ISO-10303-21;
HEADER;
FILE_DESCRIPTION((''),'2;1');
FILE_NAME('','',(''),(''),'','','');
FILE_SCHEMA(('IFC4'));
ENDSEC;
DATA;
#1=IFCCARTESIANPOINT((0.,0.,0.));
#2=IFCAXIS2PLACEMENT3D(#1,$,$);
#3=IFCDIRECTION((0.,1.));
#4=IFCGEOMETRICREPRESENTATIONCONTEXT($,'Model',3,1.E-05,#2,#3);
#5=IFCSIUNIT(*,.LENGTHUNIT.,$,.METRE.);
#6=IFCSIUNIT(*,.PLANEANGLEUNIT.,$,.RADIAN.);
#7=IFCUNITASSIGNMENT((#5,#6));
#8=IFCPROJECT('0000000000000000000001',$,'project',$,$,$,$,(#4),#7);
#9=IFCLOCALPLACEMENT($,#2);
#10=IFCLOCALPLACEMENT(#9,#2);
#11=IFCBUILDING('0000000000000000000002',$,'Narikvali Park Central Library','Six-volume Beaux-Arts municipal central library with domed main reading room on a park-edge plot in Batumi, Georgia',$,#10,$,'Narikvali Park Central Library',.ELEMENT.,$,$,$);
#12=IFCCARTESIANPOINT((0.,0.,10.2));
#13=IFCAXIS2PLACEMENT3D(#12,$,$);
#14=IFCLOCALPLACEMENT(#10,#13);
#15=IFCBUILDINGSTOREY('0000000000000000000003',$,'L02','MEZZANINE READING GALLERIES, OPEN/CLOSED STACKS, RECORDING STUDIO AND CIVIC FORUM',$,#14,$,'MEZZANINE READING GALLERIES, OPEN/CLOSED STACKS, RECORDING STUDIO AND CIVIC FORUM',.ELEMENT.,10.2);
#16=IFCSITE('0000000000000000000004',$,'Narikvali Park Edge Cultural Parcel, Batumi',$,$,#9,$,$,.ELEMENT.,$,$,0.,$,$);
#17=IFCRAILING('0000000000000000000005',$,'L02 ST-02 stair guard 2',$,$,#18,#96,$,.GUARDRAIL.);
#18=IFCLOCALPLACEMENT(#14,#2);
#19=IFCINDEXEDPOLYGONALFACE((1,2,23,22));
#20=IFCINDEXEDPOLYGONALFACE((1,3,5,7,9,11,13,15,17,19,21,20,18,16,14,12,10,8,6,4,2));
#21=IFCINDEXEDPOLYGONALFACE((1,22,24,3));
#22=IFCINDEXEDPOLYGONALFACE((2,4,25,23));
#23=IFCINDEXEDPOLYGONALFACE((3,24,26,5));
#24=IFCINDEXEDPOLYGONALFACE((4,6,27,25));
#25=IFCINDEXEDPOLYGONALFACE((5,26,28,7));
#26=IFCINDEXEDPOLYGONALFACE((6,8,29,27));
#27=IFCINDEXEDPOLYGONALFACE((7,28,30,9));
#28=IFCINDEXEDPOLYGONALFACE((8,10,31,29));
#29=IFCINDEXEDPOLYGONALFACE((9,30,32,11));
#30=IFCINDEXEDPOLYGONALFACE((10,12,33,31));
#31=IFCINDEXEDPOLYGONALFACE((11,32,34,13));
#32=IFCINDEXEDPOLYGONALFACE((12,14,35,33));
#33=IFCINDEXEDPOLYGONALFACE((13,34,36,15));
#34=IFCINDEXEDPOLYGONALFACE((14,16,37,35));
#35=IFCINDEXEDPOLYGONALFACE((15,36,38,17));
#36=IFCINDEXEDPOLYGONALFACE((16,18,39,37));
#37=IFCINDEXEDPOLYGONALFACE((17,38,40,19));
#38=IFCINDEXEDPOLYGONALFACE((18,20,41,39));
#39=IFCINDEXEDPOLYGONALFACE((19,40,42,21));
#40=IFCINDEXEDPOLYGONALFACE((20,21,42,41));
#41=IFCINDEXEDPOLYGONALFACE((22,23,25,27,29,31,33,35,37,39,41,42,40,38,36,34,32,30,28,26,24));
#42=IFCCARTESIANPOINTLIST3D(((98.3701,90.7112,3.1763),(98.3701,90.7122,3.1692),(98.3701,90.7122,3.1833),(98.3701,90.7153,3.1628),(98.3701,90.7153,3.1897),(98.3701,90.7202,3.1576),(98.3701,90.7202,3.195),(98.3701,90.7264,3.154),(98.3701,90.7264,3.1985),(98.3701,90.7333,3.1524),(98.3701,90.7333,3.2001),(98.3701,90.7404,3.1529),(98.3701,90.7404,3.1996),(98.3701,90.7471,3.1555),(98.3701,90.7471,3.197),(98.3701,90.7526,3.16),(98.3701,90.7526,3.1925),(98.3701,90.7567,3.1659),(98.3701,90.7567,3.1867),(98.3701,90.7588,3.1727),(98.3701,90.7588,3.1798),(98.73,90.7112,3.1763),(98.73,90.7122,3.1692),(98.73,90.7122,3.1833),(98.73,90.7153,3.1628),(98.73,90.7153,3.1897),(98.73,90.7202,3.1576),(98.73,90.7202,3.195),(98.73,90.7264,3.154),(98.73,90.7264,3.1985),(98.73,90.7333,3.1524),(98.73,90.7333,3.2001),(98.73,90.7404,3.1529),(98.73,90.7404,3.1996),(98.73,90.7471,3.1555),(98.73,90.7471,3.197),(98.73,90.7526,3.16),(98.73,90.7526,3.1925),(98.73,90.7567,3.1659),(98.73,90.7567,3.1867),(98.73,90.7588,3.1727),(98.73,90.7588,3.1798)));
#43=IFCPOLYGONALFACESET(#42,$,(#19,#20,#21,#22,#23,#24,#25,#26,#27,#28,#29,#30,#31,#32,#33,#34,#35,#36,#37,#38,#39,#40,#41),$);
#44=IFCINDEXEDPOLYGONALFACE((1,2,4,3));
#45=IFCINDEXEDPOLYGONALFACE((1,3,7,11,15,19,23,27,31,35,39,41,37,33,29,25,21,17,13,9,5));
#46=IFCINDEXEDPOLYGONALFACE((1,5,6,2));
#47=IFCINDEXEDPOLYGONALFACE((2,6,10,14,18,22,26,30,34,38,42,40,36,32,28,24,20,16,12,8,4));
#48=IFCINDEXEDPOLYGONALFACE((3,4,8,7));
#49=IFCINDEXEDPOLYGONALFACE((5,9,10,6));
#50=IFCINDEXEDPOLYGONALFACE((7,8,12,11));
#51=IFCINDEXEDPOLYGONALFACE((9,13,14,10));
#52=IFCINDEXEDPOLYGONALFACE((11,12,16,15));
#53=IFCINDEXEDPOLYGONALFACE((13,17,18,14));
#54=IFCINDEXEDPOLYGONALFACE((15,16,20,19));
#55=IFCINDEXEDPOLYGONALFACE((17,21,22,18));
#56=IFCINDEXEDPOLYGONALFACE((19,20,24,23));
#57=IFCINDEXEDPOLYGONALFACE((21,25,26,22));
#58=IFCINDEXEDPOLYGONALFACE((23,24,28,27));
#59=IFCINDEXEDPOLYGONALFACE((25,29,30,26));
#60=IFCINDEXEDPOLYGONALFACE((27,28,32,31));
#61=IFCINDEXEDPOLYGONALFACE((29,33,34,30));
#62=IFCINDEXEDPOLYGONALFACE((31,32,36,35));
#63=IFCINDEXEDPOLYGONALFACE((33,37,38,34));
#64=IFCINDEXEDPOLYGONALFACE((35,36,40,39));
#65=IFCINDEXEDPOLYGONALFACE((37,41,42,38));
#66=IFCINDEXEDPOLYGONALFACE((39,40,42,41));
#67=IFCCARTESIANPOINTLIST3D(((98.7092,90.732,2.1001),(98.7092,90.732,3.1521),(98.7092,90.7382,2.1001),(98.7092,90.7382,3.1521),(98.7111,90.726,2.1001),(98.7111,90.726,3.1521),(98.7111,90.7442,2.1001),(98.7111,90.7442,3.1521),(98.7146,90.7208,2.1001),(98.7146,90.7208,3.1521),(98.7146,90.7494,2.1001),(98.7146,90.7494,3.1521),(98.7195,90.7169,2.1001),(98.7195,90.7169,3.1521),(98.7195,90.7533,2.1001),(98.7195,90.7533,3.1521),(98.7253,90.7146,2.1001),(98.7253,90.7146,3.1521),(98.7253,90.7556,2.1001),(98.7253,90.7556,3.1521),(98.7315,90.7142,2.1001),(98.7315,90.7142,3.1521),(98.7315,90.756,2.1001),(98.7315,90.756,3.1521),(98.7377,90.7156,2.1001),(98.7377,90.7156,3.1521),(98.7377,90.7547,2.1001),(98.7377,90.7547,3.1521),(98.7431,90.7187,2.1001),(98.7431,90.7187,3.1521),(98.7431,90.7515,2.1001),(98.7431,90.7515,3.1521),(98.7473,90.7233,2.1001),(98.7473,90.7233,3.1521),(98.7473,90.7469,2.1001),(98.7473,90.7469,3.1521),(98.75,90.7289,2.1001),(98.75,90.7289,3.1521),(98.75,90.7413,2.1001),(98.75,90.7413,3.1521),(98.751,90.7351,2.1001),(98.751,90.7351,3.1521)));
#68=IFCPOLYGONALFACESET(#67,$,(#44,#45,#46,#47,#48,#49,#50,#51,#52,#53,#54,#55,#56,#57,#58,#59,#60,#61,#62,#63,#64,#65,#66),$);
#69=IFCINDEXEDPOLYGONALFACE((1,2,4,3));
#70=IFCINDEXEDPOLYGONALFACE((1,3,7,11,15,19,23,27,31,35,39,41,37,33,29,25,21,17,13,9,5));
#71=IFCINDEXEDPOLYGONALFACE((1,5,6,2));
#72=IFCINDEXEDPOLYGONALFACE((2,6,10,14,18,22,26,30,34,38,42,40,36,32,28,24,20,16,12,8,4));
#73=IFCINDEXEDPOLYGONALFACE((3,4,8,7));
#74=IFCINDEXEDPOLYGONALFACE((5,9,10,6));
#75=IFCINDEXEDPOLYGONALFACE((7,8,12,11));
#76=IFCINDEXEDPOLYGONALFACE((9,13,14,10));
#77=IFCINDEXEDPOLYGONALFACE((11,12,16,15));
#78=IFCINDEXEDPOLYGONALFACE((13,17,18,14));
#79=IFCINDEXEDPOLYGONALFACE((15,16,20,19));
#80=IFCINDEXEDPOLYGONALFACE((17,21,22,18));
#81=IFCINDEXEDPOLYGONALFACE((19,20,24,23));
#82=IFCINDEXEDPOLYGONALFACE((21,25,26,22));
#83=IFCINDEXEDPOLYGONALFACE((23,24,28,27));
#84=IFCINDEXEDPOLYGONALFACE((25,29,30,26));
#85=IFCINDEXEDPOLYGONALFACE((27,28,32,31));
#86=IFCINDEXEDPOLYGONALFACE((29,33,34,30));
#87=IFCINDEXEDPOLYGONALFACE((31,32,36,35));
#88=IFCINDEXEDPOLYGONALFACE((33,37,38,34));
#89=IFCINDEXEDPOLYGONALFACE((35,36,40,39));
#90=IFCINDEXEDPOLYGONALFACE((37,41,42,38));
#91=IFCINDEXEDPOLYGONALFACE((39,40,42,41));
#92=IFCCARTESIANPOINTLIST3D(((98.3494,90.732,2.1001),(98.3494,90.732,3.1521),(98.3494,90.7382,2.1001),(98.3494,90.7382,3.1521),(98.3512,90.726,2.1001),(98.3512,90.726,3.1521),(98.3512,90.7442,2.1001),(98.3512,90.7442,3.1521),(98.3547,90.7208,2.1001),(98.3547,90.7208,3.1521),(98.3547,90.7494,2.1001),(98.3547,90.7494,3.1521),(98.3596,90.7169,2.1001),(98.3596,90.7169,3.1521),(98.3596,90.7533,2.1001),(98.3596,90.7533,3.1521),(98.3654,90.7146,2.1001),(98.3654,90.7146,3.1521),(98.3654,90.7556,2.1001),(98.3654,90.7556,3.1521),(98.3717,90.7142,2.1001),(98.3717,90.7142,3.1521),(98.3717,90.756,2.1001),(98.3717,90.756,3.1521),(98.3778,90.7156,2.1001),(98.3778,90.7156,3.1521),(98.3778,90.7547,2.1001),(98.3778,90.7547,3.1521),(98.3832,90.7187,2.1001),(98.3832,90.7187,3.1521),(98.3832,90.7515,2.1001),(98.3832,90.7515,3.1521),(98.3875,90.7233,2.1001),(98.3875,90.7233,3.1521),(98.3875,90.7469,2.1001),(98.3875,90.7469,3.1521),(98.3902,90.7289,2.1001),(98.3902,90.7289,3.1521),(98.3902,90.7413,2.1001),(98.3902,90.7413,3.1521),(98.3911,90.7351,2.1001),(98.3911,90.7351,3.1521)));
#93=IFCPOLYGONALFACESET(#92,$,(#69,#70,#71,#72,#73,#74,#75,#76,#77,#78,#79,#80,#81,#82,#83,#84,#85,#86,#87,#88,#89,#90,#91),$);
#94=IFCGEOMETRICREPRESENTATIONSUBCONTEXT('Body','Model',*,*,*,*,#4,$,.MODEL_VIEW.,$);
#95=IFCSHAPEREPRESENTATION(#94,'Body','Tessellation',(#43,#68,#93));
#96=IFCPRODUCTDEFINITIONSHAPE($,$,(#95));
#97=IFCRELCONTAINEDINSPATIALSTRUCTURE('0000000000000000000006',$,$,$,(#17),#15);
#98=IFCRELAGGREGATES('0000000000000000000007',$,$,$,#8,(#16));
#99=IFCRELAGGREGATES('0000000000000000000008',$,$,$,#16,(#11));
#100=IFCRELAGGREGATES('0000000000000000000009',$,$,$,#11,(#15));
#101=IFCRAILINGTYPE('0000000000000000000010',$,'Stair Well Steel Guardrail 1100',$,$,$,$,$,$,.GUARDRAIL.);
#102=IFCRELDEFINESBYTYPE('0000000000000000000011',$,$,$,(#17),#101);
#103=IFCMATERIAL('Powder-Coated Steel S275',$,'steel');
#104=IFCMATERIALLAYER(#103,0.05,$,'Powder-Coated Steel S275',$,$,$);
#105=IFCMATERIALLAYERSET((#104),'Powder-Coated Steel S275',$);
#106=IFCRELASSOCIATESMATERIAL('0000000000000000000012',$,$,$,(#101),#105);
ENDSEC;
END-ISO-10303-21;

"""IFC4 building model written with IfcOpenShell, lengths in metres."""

from ifc_helpers import new_model, si_unit, direction, frame, origin, origin_2d, place, context, subcontext, project, spatial, circle, extrude, material, layer, layer_set, type_object, element, save


model = new_model("IFC4")

# Units and contexts
model_context = context("Model", 3, precision=1e-05, world=origin(), true_north=direction((0.0, 1.0)))
body_context = subcontext(model_context, "Body", "Model", "MODEL_VIEW")
ifc_project = project(units=[si_unit("LENGTHUNIT", "METRE"), si_unit("PLANEANGLEUNIT", "RADIAN")], contexts=[model_context])

# Site, building, storey
site_placement = place(None, origin())
site = spatial("IfcSite", under=ifc_project, at=site_placement, Name="Narikvali Park Edge Cultural Parcel, Batumi", CompositionType="ELEMENT", RefElevation=0.0)
building_placement = place(site_placement, origin())
building = spatial("IfcBuilding", under=site, at=building_placement, Name="Narikvali Park Central Library", Description="Six-volume Beaux-Arts municipal central library with domed main reading room on a park-edge plot in Batumi, Georgia", LongName="Narikvali Park Central Library", CompositionType="ELEMENT")
storey_placement = place(building_placement, frame((0.0, 0.0, 10.2)))
storey = spatial("IfcBuildingStorey", under=building, at=storey_placement, Name="L02", Description="MEZZANINE READING GALLERIES, OPEN/CLOSED STACKS, RECORDING STUDIO AND CIVIC FORUM", LongName="MEZZANINE READING GALLERIES, OPEN/CLOSED STACKS, RECORDING STUDIO AND CIVIC FORUM", CompositionType="ELEMENT", Elevation=10.2)

# Railing
ifc_material_1 = material(Name="Powder-Coated Steel S275", Category="steel")
ifc_layer_1 = layer(ifc_material_1, 0.05, Name="Powder-Coated Steel S275")
ifc_layer_set_1 = layer_set([ifc_layer_1], Name="Powder-Coated Steel S275")
railing_type_1 = type_object("IfcRailingType", Name="Stair Well Steel Guardrail 1100", PredefinedType="GUARDRAIL", material=ifc_layer_set_1)
railing_1_placement = place(storey_placement, frame((98.73, 90.7351, 2.1001)))
element("IfcRailing", 1, at=railing_1_placement, inside=storey, type_object=railing_type_1, Name="L02 ST-02 stair guard 2", PredefinedType="GUARDRAIL", context=body_context, shape_type="SweptSolid", body=[
    extrude(circle(Radius=0.0239, at=origin_2d()), frame((0.0, 0.0, 1.0762), z_axis=(-1.0, 0.0, 0.0), x_axis=(0.0, -1.0, 0.0)), (0.0, 0.0, 1.0), 0.3599),
    extrude(circle(Radius=0.021, at=origin_2d()), origin(), (0.0, 0.0, 1.0), 1.052),
    extrude(circle(Radius=0.021, at=origin_2d()), frame((-0.3599, 0.0, 0.0)), (0.0, 0.0, 1.0), 1.052),
])

save(model, "model.ifc")
